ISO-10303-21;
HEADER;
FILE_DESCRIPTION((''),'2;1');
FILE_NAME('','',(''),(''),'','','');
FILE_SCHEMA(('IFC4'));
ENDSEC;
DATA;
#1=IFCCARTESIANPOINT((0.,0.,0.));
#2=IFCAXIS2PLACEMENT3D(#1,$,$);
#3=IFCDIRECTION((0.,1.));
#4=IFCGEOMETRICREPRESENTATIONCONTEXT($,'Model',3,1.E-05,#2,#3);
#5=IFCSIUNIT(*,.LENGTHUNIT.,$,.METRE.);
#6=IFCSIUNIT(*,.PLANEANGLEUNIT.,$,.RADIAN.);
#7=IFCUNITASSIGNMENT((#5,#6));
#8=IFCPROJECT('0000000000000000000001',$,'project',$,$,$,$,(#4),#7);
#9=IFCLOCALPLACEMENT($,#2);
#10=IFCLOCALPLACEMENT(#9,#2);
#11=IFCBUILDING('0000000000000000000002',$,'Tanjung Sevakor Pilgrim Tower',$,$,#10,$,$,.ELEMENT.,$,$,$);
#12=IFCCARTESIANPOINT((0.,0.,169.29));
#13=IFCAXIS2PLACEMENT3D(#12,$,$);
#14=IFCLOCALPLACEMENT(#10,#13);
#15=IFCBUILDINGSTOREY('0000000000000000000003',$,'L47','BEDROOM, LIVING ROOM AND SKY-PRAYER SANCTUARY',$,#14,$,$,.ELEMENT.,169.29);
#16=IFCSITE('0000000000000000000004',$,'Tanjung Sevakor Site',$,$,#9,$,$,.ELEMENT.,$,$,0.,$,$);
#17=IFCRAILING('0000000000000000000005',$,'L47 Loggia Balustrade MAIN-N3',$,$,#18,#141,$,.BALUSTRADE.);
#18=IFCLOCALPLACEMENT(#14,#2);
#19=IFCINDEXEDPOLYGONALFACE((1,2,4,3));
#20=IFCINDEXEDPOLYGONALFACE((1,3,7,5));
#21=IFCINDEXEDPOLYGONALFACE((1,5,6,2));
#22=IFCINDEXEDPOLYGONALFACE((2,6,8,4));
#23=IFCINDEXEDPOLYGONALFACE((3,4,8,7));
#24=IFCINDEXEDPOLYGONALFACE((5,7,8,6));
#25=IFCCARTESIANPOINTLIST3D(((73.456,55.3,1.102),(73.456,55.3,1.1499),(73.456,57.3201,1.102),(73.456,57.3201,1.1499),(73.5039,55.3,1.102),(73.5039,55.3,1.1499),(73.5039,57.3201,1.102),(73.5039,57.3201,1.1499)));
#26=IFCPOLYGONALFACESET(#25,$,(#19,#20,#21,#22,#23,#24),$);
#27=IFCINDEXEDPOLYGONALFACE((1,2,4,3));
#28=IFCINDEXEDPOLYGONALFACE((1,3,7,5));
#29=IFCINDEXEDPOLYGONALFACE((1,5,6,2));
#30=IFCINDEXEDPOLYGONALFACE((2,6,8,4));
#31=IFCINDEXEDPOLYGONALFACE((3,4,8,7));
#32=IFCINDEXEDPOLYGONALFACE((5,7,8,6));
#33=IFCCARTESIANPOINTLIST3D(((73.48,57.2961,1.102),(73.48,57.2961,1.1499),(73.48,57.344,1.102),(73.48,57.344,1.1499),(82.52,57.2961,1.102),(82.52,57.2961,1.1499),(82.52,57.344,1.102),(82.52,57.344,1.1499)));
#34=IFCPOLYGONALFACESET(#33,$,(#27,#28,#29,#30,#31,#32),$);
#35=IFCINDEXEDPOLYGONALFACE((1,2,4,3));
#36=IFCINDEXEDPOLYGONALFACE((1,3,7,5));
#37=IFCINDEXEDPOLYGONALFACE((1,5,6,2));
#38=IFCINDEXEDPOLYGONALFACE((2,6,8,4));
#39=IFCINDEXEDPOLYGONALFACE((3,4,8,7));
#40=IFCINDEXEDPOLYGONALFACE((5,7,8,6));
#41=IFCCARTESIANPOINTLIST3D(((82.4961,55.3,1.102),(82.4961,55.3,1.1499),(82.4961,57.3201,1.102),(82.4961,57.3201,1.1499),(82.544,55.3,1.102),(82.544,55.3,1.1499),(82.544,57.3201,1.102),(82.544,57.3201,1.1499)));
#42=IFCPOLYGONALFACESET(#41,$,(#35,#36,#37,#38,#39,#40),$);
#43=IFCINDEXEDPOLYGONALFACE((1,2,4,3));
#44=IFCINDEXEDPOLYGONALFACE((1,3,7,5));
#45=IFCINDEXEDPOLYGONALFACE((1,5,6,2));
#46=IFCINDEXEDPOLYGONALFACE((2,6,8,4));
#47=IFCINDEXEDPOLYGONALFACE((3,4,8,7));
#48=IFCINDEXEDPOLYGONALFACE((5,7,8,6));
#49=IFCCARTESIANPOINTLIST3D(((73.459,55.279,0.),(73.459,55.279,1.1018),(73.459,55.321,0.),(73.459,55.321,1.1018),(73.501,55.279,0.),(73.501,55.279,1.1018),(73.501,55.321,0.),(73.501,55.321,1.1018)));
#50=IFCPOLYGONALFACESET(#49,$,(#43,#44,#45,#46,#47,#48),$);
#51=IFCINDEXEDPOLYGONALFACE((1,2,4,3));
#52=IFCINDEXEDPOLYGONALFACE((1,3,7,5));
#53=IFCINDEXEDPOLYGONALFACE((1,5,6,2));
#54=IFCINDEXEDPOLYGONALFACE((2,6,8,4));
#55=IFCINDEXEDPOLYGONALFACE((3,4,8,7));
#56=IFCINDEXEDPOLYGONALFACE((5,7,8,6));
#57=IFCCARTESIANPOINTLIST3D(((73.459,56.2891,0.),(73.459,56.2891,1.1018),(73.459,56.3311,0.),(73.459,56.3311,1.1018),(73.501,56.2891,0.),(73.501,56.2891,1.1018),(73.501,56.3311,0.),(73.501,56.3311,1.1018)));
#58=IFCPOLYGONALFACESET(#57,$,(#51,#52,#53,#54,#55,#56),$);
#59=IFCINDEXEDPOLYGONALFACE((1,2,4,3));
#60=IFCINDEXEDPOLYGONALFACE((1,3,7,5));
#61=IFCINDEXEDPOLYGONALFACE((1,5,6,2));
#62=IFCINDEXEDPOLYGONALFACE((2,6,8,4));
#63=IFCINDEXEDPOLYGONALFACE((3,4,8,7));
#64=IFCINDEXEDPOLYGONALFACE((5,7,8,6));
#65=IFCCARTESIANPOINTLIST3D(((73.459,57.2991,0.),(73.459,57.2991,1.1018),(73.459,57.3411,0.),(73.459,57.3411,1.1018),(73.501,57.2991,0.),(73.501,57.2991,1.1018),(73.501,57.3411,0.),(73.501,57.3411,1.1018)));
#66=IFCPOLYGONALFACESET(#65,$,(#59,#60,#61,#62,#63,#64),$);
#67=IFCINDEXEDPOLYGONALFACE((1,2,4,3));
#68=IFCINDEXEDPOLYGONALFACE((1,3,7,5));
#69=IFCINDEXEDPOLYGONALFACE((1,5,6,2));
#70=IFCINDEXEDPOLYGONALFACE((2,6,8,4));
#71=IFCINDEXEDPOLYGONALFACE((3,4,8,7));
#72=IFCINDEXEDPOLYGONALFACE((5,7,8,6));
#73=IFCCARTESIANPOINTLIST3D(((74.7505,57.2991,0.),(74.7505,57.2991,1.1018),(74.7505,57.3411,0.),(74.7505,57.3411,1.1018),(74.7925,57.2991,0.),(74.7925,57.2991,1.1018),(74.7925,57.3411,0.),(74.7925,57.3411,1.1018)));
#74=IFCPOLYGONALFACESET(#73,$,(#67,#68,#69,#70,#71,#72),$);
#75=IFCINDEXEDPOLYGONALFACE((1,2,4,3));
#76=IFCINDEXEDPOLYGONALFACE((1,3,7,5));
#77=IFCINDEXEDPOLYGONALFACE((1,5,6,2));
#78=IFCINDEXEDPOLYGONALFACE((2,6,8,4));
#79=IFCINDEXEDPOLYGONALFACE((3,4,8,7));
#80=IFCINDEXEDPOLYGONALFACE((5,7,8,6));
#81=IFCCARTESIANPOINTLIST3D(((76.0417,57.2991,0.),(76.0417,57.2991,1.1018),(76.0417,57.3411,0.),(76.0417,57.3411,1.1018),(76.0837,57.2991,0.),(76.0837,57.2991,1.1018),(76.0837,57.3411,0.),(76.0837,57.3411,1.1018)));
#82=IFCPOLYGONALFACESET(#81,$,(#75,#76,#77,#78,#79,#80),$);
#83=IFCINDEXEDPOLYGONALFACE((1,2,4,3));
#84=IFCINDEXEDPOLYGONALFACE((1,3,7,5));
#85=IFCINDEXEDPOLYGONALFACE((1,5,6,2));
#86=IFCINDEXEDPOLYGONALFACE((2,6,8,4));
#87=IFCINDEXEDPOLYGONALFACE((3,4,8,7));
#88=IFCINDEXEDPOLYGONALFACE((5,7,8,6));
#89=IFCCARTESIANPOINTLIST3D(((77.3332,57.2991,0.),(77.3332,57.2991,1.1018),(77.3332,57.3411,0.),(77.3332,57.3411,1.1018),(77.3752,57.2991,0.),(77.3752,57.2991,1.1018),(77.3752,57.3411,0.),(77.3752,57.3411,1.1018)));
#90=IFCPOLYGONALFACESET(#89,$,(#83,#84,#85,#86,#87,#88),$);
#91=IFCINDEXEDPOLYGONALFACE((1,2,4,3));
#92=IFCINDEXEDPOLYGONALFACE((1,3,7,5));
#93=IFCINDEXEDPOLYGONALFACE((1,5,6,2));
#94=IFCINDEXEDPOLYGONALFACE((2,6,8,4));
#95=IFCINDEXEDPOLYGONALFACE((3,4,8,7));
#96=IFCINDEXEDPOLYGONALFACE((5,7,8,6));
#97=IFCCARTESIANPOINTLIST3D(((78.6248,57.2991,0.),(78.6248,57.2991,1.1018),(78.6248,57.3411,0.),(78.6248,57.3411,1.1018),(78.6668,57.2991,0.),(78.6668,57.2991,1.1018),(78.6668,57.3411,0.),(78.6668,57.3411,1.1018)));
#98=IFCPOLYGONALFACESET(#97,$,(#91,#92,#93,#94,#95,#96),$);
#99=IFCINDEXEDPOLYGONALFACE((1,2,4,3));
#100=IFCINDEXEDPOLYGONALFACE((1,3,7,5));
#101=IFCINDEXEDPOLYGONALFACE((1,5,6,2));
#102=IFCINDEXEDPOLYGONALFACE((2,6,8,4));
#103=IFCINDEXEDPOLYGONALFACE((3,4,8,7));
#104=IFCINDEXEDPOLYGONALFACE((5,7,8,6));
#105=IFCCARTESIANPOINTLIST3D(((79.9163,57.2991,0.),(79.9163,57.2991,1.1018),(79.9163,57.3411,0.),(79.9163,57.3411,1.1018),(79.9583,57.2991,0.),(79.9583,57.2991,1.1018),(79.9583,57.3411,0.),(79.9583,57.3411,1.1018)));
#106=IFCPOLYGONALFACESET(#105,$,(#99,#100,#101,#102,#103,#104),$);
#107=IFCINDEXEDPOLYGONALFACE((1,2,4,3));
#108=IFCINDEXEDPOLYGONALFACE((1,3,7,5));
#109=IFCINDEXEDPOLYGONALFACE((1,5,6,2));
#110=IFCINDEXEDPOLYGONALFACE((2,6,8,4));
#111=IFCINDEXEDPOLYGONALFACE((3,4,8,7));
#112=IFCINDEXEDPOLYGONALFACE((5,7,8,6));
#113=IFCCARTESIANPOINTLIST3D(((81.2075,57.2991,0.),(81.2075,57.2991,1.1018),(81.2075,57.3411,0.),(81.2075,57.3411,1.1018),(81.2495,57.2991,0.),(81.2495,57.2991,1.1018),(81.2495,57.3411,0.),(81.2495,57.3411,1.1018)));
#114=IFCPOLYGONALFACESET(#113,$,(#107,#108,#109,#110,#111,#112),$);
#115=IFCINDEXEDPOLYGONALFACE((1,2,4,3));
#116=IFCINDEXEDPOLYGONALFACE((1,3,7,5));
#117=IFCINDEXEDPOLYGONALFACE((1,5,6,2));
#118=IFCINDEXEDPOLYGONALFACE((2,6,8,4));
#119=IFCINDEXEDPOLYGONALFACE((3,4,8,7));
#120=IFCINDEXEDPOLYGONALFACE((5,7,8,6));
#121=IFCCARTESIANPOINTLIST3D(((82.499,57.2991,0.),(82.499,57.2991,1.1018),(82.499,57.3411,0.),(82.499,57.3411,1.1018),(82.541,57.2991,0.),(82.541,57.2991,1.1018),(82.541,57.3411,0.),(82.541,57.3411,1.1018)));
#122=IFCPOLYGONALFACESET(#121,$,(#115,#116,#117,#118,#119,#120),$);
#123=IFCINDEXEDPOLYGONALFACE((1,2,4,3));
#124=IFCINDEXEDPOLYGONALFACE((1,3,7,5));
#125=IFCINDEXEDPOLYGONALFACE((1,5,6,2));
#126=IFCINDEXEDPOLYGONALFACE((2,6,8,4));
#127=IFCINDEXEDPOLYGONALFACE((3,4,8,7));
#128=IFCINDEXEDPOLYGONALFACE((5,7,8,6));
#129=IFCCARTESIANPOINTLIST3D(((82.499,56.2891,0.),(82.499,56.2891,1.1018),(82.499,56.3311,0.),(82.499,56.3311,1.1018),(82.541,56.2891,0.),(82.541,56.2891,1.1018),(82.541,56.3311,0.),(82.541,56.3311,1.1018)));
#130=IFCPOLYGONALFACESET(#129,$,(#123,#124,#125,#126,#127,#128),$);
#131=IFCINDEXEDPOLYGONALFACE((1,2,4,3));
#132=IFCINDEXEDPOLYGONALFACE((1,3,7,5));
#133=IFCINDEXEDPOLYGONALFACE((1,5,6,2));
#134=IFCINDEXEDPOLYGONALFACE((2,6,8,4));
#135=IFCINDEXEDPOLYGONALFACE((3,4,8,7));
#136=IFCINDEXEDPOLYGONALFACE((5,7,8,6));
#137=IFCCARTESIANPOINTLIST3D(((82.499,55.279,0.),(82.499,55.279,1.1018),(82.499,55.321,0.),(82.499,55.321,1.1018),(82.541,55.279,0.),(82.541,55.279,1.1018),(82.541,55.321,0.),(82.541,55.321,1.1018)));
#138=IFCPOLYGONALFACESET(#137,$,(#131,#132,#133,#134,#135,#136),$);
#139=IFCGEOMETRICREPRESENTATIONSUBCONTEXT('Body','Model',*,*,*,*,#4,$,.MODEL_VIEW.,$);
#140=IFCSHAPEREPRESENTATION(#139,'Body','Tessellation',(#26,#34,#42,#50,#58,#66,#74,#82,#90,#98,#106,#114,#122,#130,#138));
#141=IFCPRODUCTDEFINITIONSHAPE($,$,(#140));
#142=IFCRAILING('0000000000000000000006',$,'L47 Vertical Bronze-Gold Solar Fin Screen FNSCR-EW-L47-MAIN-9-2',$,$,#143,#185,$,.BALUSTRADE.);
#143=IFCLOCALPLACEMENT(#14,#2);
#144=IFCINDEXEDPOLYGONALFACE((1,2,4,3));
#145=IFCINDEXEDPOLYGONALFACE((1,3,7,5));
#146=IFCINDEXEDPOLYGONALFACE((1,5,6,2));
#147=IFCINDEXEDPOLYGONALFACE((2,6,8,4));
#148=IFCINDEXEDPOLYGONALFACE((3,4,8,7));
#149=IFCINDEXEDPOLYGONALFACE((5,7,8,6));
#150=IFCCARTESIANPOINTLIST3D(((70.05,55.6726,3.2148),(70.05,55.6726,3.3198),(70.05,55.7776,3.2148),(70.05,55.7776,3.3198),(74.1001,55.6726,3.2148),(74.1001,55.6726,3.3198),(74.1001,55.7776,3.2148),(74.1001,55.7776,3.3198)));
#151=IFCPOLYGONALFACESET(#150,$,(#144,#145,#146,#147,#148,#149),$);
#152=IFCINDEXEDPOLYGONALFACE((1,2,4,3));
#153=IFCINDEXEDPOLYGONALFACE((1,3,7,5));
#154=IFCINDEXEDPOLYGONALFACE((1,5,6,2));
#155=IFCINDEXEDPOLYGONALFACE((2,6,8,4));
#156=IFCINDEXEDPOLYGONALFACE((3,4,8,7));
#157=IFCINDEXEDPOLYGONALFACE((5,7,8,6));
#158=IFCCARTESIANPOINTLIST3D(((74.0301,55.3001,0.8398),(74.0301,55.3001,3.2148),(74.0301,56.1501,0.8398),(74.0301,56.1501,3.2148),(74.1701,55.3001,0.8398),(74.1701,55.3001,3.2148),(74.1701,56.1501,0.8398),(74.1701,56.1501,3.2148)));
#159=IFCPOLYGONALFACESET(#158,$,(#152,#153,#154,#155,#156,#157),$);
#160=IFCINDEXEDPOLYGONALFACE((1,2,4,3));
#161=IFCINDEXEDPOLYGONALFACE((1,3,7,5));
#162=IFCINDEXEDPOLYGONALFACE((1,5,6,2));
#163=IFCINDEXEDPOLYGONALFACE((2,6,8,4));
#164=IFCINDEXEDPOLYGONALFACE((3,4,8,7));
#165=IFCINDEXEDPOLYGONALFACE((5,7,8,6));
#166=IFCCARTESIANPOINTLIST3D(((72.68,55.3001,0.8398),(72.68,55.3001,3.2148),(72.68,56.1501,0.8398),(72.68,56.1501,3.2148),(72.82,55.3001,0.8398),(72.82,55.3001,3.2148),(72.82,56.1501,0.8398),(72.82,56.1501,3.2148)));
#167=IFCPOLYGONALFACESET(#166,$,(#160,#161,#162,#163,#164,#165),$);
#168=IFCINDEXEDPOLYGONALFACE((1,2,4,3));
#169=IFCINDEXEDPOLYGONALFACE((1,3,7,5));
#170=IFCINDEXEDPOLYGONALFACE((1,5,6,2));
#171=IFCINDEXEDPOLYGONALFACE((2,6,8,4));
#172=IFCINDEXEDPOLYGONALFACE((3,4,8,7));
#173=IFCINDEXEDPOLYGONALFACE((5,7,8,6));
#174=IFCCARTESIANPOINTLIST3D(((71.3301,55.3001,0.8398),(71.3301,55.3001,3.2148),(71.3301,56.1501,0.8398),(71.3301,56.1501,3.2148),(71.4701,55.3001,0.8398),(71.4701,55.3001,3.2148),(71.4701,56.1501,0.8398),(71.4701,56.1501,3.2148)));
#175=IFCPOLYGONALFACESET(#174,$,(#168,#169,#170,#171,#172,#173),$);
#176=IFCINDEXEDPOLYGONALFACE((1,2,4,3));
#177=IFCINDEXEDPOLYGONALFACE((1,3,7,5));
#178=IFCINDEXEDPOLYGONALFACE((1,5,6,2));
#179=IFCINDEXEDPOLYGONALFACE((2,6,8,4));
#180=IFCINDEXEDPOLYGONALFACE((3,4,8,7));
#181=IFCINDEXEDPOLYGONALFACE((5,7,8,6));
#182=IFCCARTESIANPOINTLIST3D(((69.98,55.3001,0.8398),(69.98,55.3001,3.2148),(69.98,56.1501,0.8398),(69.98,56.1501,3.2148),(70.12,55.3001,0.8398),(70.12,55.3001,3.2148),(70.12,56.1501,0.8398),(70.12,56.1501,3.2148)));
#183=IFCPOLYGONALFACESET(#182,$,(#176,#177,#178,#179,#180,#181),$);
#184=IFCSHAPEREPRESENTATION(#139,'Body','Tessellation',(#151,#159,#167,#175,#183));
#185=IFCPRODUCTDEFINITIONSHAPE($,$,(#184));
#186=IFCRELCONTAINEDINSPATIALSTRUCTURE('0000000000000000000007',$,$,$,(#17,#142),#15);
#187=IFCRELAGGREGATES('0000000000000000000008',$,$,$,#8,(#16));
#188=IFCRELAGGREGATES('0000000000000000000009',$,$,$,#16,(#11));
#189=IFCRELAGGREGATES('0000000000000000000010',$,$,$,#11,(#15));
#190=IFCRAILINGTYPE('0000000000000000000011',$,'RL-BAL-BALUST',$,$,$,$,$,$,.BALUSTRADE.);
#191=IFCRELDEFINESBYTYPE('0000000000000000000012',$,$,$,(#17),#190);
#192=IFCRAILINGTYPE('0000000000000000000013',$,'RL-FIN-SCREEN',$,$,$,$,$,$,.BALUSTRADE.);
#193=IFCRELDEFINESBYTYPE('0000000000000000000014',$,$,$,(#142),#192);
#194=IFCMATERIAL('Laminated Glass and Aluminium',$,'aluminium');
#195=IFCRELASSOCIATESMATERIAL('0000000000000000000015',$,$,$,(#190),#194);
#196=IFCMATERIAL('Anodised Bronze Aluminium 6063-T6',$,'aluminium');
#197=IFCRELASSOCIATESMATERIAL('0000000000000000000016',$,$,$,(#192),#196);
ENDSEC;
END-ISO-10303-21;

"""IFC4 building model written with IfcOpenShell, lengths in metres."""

from ifc_helpers import new_model, si_unit, direction, frame, origin, place, context, subcontext, project, spatial, rectangle, extrude, material, type_object, element, save


model = new_model("IFC4")

# Units and contexts
model_context = context("Model", 3, precision=1e-05, world=origin(), true_north=direction((0.0, 1.0)))
body_context = subcontext(model_context, "Body", "Model", "MODEL_VIEW")
ifc_project = project(units=[si_unit("LENGTHUNIT", "METRE"), si_unit("PLANEANGLEUNIT", "RADIAN")], contexts=[model_context])

# Site, building, storey
site_placement = place(None, origin())
site = spatial("IfcSite", under=ifc_project, at=site_placement, Name="Tanjung Sevakor Site", CompositionType="ELEMENT", RefElevation=0.0)
building_placement = place(site_placement, origin())
building = spatial("IfcBuilding", under=site, at=building_placement, Name="Tanjung Sevakor Pilgrim Tower", CompositionType="ELEMENT")
storey_placement = place(building_placement, frame((0.0, 0.0, 169.29)))
storey = spatial("IfcBuildingStorey", under=building, at=storey_placement, Name="L47", Description="BEDROOM, LIVING ROOM AND SKY-PRAYER SANCTUARY", CompositionType="ELEMENT", Elevation=169.29)

# Railings
ifc_material_1 = material(Name="Laminated Glass and Aluminium", Category="aluminium")
railing_type_1 = type_object("IfcRailingType", Name="RL-BAL-BALUST", PredefinedType="BALUSTRADE", material=ifc_material_1)
railing_1_placement = place(storey_placement, frame((73.48, 55.3, 0.0)))
element("IfcRailing", 1, at=railing_1_placement, inside=storey, type_object=railing_type_1, Name="L47 Loggia Balustrade MAIN-N3", PredefinedType="BALUSTRADE", context=body_context, shape_type="SweptSolid", body=[
    extrude(rectangle(XDim=0.0479, YDim=0.0479), frame((0.0, 0.0, 1.126), z_axis=(0.0, 1.0, 0.0), x_axis=(-1.0, 0.0, 0.0)), (0.0, 0.0, 1.0), 2.02),
    extrude(rectangle(XDim=0.0479, YDim=0.0479), frame((0.0, 2.02, 1.126), z_axis=(1.0, 0.0, 0.0), x_axis=(0.0, 1.0, 0.0)), (0.0, 0.0, 1.0), 9.04),
    extrude(rectangle(XDim=0.0479, YDim=0.0479), frame((9.04, 2.02, 1.126), z_axis=(0.0, -1.0, 0.0), x_axis=(1.0, 0.0, 0.0)), (0.0, 0.0, 1.0), 2.02),
    extrude(rectangle(XDim=0.042, YDim=0.042), origin(), (0.0, 0.0, 1.0), 1.1018),
    extrude(rectangle(XDim=0.042, YDim=0.042), frame((0.0, 1.01, 0.0)), (0.0, 0.0, 1.0), 1.1018),
    extrude(rectangle(XDim=0.042, YDim=0.042), frame((0.0, 2.02, 0.0)), (0.0, 0.0, 1.0), 1.1018),
    extrude(rectangle(XDim=0.042, YDim=0.042), frame((1.2915, 2.02, 0.0)), (0.0, 0.0, 1.0), 1.1018),
    extrude(rectangle(XDim=0.042, YDim=0.042), frame((2.5828, 2.02, 0.0)), (0.0, 0.0, 1.0), 1.1018),
    extrude(rectangle(XDim=0.042, YDim=0.042), frame((3.8743, 2.02, 0.0)), (0.0, 0.0, 1.0), 1.1018),
    extrude(rectangle(XDim=0.042, YDim=0.042), frame((5.1658, 2.02, 0.0)), (0.0, 0.0, 1.0), 1.1018),
    extrude(rectangle(XDim=0.042, YDim=0.042), frame((6.4573, 2.02, 0.0)), (0.0, 0.0, 1.0), 1.1018),
    extrude(rectangle(XDim=0.042, YDim=0.042), frame((7.7485, 2.02, 0.0)), (0.0, 0.0, 1.0), 1.1018),
    extrude(rectangle(XDim=0.042, YDim=0.042), frame((9.04, 2.02, 0.0)), (0.0, 0.0, 1.0), 1.1018),
    extrude(rectangle(XDim=0.042, YDim=0.042), frame((9.04, 1.01, 0.0)), (0.0, 0.0, 1.0), 1.1018),
    extrude(rectangle(XDim=0.042, YDim=0.042), frame((9.04, 0.0, 0.0)), (0.0, 0.0, 1.0), 1.1018),
])
ifc_material_2 = material(Name="Anodised Bronze Aluminium 6063-T6", Category="aluminium")
railing_type_2 = type_object("IfcRailingType", Name="RL-FIN-SCREEN", PredefinedType="BALUSTRADE", material=ifc_material_2)
railing_2_placement = place(storey_placement, frame((74.1001, 55.7251, 0.8398)))
element("IfcRailing", 2, at=railing_2_placement, inside=storey, type_object=railing_type_2, Name="L47 Vertical Bronze-Gold Solar Fin Screen FNSCR-EW-L47-MAIN-9-2", PredefinedType="BALUSTRADE", context=body_context, shape_type="SweptSolid", body=[
    extrude(rectangle(XDim=0.105, YDim=0.105), frame((0.0, 0.0, 2.4275), z_axis=(-1.0, 0.0, 0.0), x_axis=(0.0, -1.0, 0.0)), (0.0, 0.0, 1.0), 4.05),
    extrude(rectangle(XDim=0.14, YDim=0.85), origin(), (0.0, 0.0, 1.0), 2.375),
    extrude(rectangle(XDim=0.14, YDim=0.85), frame((-1.3501, 0.0, 0.0)), (0.0, 0.0, 1.0), 2.375),
    extrude(rectangle(XDim=0.14, YDim=0.85), frame((-2.7, 0.0, 0.0)), (0.0, 0.0, 1.0), 2.375),
    extrude(rectangle(XDim=0.14, YDim=0.85), frame((-4.05, 0.0, 0.0)), (0.0, 0.0, 1.0), 2.375),
])

save(model, "model.ifc")
